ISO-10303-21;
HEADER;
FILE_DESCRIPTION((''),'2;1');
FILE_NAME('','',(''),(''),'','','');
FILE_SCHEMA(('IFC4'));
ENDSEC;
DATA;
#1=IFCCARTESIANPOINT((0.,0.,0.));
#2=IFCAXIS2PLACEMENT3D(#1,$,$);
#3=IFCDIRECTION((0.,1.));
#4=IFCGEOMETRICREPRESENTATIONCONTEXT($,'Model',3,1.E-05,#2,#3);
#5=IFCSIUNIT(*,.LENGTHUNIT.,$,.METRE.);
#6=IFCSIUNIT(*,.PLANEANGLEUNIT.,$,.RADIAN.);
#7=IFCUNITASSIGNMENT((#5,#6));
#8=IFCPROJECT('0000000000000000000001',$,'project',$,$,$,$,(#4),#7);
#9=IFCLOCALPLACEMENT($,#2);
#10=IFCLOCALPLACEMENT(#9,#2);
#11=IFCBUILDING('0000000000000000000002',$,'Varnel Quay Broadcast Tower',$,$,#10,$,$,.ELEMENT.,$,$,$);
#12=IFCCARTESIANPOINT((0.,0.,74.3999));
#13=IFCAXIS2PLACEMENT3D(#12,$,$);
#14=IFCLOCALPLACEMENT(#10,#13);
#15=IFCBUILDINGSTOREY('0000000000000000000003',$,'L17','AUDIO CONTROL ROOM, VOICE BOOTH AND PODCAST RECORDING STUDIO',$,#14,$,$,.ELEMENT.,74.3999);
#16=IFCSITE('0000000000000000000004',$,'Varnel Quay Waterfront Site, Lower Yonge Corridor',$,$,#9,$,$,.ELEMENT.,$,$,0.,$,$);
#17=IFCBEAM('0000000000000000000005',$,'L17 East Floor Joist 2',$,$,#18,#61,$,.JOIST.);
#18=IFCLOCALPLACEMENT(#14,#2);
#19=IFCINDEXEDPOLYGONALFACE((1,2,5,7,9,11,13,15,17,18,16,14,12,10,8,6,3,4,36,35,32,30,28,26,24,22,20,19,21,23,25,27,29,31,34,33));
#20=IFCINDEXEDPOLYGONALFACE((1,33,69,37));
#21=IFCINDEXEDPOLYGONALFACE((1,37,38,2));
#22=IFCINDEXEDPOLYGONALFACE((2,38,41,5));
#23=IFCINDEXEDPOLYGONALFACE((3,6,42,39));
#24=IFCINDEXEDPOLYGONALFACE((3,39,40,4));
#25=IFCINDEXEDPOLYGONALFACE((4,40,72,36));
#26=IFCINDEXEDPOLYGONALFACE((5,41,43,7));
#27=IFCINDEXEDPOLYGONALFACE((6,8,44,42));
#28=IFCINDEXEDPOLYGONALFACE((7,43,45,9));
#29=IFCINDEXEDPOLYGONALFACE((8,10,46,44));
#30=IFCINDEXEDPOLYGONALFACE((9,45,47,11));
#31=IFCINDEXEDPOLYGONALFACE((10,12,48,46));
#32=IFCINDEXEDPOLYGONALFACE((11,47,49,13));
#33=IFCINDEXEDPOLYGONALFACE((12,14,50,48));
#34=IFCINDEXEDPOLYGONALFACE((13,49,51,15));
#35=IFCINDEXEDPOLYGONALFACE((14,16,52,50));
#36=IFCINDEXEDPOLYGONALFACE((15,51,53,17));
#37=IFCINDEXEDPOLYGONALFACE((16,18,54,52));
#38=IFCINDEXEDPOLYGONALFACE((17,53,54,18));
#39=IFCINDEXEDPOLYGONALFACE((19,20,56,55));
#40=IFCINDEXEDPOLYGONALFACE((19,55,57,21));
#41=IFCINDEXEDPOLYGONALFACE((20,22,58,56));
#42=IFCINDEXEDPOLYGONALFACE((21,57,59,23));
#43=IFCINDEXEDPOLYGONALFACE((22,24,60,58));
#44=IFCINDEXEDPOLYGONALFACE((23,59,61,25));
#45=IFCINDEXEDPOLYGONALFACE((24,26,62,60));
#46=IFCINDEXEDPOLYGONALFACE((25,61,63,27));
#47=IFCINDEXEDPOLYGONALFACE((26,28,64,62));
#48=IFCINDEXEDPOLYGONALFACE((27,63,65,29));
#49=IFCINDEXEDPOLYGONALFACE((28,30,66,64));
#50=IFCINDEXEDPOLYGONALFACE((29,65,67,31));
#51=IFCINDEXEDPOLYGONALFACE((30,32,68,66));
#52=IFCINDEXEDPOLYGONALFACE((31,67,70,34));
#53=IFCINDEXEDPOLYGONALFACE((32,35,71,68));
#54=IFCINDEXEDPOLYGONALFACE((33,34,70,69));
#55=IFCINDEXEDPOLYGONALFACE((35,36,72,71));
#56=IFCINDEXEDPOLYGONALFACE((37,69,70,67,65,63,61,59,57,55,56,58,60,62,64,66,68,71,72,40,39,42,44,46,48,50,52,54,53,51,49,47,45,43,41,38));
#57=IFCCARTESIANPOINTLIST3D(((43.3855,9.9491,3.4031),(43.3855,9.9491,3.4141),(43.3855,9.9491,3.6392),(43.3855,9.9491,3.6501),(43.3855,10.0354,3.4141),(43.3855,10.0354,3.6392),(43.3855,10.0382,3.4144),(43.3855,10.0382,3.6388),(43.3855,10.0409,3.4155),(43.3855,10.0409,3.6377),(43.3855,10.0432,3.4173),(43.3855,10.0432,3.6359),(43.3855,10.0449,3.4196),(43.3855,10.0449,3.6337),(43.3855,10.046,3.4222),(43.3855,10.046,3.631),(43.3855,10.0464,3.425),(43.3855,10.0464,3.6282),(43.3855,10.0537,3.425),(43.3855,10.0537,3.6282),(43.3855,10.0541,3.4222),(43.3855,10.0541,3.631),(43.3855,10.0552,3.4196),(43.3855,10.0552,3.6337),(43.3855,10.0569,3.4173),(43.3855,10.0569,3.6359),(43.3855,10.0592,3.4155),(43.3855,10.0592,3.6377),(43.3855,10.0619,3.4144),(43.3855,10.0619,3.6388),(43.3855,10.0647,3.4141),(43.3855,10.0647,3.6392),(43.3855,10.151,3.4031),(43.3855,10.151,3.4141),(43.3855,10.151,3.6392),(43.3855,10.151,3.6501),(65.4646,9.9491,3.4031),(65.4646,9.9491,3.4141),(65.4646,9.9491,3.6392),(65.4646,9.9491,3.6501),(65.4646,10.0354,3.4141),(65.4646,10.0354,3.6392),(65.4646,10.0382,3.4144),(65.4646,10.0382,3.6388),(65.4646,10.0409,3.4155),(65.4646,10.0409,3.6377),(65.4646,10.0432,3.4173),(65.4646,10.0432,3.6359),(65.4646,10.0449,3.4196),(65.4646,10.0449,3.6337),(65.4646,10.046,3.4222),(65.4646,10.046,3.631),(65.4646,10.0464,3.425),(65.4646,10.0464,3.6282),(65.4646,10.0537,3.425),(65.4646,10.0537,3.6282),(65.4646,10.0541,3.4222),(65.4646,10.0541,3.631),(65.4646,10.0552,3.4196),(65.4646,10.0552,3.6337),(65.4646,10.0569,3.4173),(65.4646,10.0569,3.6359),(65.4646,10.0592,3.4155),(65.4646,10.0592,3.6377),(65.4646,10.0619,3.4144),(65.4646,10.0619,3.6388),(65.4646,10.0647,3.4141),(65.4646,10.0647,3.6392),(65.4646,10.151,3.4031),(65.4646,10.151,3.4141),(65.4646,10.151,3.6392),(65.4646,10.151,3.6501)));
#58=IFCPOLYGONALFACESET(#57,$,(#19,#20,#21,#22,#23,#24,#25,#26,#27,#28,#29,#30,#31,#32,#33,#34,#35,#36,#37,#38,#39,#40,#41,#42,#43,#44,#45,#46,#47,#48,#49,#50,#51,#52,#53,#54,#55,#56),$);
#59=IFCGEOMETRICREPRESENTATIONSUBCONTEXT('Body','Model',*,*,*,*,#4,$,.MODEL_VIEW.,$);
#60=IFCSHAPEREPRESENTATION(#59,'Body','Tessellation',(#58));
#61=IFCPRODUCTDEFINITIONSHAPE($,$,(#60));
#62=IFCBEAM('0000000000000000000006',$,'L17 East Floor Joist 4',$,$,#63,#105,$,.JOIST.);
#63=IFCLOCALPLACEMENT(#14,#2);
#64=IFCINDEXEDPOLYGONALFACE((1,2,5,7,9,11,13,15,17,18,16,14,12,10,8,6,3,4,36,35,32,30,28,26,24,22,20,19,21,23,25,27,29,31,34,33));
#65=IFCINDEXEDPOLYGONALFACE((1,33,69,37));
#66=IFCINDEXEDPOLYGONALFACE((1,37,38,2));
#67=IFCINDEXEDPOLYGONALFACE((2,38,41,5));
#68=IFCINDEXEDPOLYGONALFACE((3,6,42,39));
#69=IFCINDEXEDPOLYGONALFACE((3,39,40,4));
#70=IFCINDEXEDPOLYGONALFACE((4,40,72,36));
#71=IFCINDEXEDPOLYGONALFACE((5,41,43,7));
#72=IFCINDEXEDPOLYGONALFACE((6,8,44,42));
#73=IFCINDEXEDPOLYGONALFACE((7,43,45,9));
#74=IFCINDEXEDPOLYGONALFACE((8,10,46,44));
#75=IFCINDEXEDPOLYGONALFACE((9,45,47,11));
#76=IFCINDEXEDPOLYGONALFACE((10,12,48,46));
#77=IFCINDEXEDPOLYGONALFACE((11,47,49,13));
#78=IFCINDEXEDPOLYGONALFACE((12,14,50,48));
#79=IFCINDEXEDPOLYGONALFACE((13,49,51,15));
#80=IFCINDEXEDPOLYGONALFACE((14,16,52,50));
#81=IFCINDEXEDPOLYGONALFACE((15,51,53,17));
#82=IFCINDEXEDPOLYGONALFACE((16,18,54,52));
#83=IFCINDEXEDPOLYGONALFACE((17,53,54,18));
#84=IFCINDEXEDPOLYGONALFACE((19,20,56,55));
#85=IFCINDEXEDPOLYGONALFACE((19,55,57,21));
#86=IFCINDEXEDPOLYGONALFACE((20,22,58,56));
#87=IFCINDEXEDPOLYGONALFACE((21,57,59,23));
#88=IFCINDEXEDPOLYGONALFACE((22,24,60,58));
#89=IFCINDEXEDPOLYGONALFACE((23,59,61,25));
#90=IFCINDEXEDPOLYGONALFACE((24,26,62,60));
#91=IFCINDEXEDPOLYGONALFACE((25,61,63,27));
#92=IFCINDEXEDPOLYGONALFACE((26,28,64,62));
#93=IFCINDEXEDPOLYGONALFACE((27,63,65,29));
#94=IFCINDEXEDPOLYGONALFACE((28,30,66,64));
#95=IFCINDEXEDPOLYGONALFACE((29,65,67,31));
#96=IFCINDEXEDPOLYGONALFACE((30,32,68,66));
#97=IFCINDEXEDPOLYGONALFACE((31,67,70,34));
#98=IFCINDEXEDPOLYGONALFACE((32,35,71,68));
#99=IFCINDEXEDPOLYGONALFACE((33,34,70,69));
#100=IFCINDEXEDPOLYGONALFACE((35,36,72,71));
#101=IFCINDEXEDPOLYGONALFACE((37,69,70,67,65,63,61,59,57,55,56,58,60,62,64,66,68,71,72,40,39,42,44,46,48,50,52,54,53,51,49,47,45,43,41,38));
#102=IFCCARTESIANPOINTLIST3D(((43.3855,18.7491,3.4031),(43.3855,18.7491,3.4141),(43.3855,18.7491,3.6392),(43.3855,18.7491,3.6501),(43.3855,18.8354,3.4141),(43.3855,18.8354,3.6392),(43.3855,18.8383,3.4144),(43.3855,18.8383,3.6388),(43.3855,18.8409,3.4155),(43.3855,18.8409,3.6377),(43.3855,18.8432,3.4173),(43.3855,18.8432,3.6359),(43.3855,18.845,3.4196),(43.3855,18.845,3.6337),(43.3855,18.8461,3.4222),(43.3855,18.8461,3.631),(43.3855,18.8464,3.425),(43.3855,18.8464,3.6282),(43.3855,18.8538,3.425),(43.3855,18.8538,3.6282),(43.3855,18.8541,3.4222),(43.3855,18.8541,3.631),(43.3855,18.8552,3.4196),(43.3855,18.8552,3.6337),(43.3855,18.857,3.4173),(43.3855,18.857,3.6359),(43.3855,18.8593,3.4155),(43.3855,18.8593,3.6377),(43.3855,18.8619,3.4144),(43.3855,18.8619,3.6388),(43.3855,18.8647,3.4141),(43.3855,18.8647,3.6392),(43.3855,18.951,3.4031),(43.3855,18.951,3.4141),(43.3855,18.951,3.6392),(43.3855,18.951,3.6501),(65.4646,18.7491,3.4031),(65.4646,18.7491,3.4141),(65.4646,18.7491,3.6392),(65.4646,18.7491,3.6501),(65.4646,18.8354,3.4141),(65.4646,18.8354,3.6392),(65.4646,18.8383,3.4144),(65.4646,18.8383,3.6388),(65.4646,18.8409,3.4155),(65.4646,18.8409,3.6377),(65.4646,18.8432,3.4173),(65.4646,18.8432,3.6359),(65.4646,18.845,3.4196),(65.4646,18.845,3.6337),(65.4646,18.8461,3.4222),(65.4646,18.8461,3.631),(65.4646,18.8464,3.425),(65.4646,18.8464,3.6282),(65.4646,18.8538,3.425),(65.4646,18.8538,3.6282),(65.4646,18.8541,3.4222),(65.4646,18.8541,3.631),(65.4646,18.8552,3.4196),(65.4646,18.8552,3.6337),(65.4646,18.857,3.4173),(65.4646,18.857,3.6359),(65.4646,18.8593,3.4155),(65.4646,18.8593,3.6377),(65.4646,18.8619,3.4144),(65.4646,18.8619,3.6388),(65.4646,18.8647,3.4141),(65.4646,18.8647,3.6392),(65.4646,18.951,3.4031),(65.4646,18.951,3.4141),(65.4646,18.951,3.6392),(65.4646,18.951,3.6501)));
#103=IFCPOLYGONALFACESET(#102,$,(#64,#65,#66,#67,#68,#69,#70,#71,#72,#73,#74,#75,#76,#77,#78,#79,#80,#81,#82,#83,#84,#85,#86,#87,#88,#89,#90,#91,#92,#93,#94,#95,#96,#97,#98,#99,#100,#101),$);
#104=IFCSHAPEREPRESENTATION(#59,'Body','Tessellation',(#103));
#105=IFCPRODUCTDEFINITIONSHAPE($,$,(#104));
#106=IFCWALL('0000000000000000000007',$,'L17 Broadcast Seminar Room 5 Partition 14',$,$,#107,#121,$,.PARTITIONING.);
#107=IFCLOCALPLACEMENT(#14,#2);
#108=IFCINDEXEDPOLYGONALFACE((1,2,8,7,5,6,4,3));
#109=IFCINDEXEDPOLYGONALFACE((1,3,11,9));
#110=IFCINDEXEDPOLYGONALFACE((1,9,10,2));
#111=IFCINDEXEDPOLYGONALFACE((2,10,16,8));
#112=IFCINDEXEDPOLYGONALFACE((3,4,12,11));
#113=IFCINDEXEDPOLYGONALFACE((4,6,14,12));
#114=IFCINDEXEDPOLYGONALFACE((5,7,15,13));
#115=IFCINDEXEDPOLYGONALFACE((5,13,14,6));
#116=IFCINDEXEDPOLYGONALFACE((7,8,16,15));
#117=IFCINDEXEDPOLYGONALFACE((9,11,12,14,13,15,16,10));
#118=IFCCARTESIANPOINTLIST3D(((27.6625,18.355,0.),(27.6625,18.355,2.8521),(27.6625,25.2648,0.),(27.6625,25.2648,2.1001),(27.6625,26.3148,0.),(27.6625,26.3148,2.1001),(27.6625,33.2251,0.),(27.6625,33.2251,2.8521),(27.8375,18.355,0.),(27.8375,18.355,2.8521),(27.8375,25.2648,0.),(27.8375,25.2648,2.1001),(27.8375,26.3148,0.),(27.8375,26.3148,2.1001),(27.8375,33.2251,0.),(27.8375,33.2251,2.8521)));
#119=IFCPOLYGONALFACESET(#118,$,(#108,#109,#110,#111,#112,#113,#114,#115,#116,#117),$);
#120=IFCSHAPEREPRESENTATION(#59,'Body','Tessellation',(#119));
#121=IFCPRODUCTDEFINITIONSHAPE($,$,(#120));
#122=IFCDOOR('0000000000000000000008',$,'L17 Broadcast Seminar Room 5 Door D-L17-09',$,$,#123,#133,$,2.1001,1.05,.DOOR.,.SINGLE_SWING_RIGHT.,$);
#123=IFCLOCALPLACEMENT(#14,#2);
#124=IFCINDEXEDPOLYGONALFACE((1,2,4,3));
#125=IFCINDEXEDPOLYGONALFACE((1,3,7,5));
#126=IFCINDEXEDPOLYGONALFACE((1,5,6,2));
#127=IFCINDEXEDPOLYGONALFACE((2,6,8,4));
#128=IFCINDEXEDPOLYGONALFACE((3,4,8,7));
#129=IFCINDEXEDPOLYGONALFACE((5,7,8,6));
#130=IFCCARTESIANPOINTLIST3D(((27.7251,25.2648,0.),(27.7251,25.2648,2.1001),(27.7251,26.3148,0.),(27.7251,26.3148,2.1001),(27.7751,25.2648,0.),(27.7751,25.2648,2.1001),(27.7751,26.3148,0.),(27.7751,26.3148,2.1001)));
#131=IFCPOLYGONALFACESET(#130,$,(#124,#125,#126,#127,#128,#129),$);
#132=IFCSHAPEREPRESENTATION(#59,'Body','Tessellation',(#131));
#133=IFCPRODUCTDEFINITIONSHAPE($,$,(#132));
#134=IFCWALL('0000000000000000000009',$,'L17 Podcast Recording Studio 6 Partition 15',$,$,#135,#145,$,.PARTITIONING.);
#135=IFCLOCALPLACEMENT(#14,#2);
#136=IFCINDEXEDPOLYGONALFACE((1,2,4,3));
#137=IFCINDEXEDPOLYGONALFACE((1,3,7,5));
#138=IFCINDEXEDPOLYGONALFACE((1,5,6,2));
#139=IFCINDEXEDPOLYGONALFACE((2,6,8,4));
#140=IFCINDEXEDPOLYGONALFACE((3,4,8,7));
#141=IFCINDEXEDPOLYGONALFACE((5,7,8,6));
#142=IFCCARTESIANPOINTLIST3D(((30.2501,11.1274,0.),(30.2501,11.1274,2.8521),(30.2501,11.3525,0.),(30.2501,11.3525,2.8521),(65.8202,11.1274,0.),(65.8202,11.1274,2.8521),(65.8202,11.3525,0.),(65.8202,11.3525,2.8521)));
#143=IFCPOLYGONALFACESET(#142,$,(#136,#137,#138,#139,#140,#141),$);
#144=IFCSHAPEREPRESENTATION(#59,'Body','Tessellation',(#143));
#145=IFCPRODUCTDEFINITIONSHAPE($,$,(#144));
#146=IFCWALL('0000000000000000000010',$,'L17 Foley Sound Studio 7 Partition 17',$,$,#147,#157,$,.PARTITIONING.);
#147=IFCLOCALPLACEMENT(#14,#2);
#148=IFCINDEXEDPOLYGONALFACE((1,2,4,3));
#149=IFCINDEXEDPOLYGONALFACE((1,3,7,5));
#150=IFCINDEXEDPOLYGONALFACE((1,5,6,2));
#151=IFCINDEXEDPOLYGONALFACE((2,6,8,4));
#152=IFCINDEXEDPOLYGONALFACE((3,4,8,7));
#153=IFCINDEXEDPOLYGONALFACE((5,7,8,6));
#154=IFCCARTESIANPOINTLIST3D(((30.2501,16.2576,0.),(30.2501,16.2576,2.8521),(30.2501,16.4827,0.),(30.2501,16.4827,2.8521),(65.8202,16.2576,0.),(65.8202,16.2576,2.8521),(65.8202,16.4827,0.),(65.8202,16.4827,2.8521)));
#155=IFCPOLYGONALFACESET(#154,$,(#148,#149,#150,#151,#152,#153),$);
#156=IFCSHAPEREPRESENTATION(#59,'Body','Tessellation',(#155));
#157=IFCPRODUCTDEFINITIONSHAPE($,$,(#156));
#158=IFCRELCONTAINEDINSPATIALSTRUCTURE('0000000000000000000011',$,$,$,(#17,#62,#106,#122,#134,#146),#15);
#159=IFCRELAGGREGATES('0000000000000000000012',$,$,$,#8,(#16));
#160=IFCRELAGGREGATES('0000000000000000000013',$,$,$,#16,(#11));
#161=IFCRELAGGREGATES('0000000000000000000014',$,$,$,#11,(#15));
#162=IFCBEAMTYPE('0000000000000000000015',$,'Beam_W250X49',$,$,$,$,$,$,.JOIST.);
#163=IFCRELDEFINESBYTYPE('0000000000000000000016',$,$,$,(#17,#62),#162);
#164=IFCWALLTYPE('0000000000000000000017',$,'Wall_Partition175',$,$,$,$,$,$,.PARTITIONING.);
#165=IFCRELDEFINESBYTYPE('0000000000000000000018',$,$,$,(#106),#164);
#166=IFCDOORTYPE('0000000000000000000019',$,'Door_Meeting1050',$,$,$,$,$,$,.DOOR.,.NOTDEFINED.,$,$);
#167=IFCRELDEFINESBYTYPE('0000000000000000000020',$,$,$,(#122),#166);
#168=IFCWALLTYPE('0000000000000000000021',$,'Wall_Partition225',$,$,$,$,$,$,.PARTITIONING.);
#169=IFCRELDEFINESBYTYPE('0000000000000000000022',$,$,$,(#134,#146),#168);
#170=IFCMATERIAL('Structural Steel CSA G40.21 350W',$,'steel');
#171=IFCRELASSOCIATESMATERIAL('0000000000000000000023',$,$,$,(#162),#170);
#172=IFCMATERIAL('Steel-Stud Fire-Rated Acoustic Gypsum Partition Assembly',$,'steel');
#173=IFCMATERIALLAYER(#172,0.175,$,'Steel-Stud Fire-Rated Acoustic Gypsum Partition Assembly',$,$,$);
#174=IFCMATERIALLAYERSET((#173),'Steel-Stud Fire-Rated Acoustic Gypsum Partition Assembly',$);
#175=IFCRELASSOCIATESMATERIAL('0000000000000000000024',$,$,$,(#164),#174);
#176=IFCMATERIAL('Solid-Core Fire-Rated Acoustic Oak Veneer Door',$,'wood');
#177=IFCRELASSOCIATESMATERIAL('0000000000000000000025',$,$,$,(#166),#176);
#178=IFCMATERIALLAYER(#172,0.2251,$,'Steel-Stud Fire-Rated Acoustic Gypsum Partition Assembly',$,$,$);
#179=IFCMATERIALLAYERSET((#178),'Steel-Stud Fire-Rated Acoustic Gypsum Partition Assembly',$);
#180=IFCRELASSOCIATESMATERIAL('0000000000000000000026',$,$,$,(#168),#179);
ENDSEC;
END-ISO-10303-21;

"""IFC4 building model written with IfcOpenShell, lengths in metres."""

from ifc_helpers import new_model, si_unit, direction, frame, frame_2d, origin, origin_2d, place, context, subcontext, project, spatial, rectangle, i_section, extrude, source, transform, mapped, material, layer, layer_set, material_profile, profile_set, type_object, type_shapes, element, fill, save


model = new_model("IFC4")

# Units and contexts
model_context = context("Model", 3, precision=1e-05, world=origin(), true_north=direction((0.0, 1.0)))
body_context = subcontext(model_context, "Body", "Model", "MODEL_VIEW")
ifc_project = project(units=[si_unit("LENGTHUNIT", "METRE"), si_unit("PLANEANGLEUNIT", "RADIAN")], contexts=[model_context])

# Site, building, storey
site_placement = place(None, origin())
site = spatial("IfcSite", under=ifc_project, at=site_placement, Name="Varnel Quay Waterfront Site, Lower Yonge Corridor", CompositionType="ELEMENT", RefElevation=0.0)
building_placement = place(site_placement, origin())
building = spatial("IfcBuilding", under=site, at=building_placement, Name="Varnel Quay Broadcast Tower", CompositionType="ELEMENT")
storey_placement = place(building_placement, frame((0.0, 0.0, 74.3999)))
storey = spatial("IfcBuildingStorey", under=building, at=storey_placement, Name="L17", Description="AUDIO CONTROL ROOM, VOICE BOOTH AND PODCAST RECORDING STUDIO", CompositionType="ELEMENT", Elevation=74.3999)

# Shared definitions
ifc_material_1 = material(Name="Structural Steel CSA G40.21 350W", Category="steel")

# Beams
ifc_material_profile_1 = material_profile(ifc_material_1, i_section(OverallWidth=0.2019, OverallDepth=0.2471, WebThickness=0.0073, FlangeThickness=0.011, FilletRadius=0.011, at=origin_2d()), Name="W250X49")
ifc_profile_set_1 = profile_set([ifc_material_profile_1], Name="Structural Steel CSA G40.21 350W")
beam_type_1 = type_object("IfcBeamType", Name="Beam_W250X49", PredefinedType="JOIST", material=ifc_profile_set_1)
shared_shape_1 = source(origin(), body_context, "Body", "SweptSolid", [
    extrude(i_section(OverallWidth=0.2019, OverallDepth=0.2471, WebThickness=0.0073, FlangeThickness=0.011, FilletRadius=0.011, at=origin_2d()), origin(), (0.0, 0.0, 1.0), 22.0791),
])
type_shapes(beam_type_1, [shared_shape_1])
for number, where, z_axis, x_axis, name in (
    (1, (43.3855, 10.05, 3.5266), (1.0, 0.0, 0.0), (0.0, 1.0, 0.0), "L17 East Floor Joist 2"),
    (2, (43.3855, 18.8501, 3.5266), (1.0, 0.0, 0.0), (0.0, 1.0, 0.0), "L17 East Floor Joist 4"),
):
    element("IfcBeam", number, at=place(storey_placement, frame(where, z_axis=z_axis, x_axis=x_axis)), inside=storey, type_object=beam_type_1, Name=name, PredefinedType="JOIST", context=body_context, shape_type="MappedRepresentation", body=[
        mapped(shared_shape_1, transform((0.0, 0.0, 0.0), x_axis=(1.0, 0.0, 0.0), y_axis=(0.0, 1.0, 0.0), z_axis=(0.0, 0.0, 1.0), scale=1.0)),
    ])

# Wall, opening, door
ifc_material_2 = material(Name="Steel-Stud Fire-Rated Acoustic Gypsum Partition Assembly", Category="steel")
ifc_layer_1 = layer(ifc_material_2, 0.175, Name="Steel-Stud Fire-Rated Acoustic Gypsum Partition Assembly")
ifc_layer_set_1 = layer_set([ifc_layer_1], Name="Steel-Stud Fire-Rated Acoustic Gypsum Partition Assembly")
wall_type_1 = type_object("IfcWallType", Name="Wall_Partition175", PredefinedType="PARTITIONING", material=ifc_layer_set_1)
wall_placement = place(storey_placement, frame((27.75, 18.355, 0.0), z_axis=(0.0, 0.0, 1.0), x_axis=(0.0, 1.0, 0.0)))
wall = element("IfcWall", 3, at=wall_placement, inside=storey, type_object=wall_type_1, Name="L17 Broadcast Seminar Room 5 Partition 14", PredefinedType="PARTITIONING", context=body_context, shape_type="SweptSolid", body=[
    extrude(rectangle(XDim=14.8701, YDim=0.175, at=frame_2d((7.4351, 0.0))), origin(), (0.0, 0.0, 1.0), 2.8521),
])
opening_placement = place(wall_placement, frame((6.9099, 0.0, 0.0)))
opening = element("IfcOpeningElement", 4, at=opening_placement, cuts=wall, PredefinedType="OPENING", context=body_context, shape_type="SweptSolid", body=[
    extrude(rectangle(XDim=1.05, YDim=2.1001, at=frame_2d((0.5249, 1.05))), frame((0.0, 0.0977, 0.0), z_axis=(0.0, -1.0, 0.0), x_axis=(1.0, 0.0, 0.0)), (0.0, 0.0, 1.0), 0.1951),
])
ifc_material_3 = material(Name="Solid-Core Fire-Rated Acoustic Oak Veneer Door", Category="wood")
door_type = type_object("IfcDoorType", Name="Door_Meeting1050", OperationType="NOTDEFINED", PredefinedType="DOOR", material=ifc_material_3)
shared_shape_2 = source(origin(), body_context, "Body", "SweptSolid", [
    extrude(rectangle(XDim=1.05, YDim=2.1001, at=frame_2d((0.5249, 1.05))), frame((0.0, 0.0249, 0.0), z_axis=(0.0, -1.0, 0.0), x_axis=(1.0, 0.0, 0.0)), (0.0, 0.0, 1.0), 0.05),
])
type_shapes(door_type, [shared_shape_2])
door_placement = place(opening_placement, origin())
door = element("IfcDoor", 5, at=door_placement, inside=storey, type_object=door_type, Name="L17 Broadcast Seminar Room 5 Door D-L17-09", OperationType="SINGLE_SWING_RIGHT", OverallHeight=2.1001, OverallWidth=1.05, PredefinedType="DOOR", context=body_context, shape_type="MappedRepresentation", body=[
    mapped(shared_shape_2, transform((0.0, 0.0, 0.0), x_axis=(1.0, 0.0, 0.0), y_axis=(0.0, 1.0, 0.0), z_axis=(0.0, 0.0, 1.0), scale=1.0)),
])
fill(opening, door)

# Walls
ifc_layer_2 = layer(ifc_material_2, 0.2251, Name="Steel-Stud Fire-Rated Acoustic Gypsum Partition Assembly")
ifc_layer_set_2 = layer_set([ifc_layer_2], Name="Steel-Stud Fire-Rated Acoustic Gypsum Partition Assembly")
wall_type_2 = type_object("IfcWallType", Name="Wall_Partition225", PredefinedType="PARTITIONING", material=ifc_layer_set_2)
for number, where, z_axis, x_axis, name in (
    (6, (30.25, 11.24, 0.0), (0.0, 0.0, 1.0), (1.0, 0.0, 0.0), "L17 Podcast Recording Studio 6 Partition 15"),
    (7, (30.25, 16.3701, 0.0), (0.0, 0.0, 1.0), (1.0, 0.0, 0.0), "L17 Foley Sound Studio 7 Partition 17"),
):
    element("IfcWall", number, at=place(storey_placement, frame(where, z_axis=z_axis, x_axis=x_axis)), inside=storey, type_object=wall_type_2, Name=name, PredefinedType="PARTITIONING", context=body_context, shape_type="SweptSolid", body=[
        extrude(rectangle(XDim=35.5701, YDim=0.2251, at=frame_2d((17.7852, 0.0))), origin(), (0.0, 0.0, 1.0), 2.8521),
    ])

save(model, "model.ifc")
